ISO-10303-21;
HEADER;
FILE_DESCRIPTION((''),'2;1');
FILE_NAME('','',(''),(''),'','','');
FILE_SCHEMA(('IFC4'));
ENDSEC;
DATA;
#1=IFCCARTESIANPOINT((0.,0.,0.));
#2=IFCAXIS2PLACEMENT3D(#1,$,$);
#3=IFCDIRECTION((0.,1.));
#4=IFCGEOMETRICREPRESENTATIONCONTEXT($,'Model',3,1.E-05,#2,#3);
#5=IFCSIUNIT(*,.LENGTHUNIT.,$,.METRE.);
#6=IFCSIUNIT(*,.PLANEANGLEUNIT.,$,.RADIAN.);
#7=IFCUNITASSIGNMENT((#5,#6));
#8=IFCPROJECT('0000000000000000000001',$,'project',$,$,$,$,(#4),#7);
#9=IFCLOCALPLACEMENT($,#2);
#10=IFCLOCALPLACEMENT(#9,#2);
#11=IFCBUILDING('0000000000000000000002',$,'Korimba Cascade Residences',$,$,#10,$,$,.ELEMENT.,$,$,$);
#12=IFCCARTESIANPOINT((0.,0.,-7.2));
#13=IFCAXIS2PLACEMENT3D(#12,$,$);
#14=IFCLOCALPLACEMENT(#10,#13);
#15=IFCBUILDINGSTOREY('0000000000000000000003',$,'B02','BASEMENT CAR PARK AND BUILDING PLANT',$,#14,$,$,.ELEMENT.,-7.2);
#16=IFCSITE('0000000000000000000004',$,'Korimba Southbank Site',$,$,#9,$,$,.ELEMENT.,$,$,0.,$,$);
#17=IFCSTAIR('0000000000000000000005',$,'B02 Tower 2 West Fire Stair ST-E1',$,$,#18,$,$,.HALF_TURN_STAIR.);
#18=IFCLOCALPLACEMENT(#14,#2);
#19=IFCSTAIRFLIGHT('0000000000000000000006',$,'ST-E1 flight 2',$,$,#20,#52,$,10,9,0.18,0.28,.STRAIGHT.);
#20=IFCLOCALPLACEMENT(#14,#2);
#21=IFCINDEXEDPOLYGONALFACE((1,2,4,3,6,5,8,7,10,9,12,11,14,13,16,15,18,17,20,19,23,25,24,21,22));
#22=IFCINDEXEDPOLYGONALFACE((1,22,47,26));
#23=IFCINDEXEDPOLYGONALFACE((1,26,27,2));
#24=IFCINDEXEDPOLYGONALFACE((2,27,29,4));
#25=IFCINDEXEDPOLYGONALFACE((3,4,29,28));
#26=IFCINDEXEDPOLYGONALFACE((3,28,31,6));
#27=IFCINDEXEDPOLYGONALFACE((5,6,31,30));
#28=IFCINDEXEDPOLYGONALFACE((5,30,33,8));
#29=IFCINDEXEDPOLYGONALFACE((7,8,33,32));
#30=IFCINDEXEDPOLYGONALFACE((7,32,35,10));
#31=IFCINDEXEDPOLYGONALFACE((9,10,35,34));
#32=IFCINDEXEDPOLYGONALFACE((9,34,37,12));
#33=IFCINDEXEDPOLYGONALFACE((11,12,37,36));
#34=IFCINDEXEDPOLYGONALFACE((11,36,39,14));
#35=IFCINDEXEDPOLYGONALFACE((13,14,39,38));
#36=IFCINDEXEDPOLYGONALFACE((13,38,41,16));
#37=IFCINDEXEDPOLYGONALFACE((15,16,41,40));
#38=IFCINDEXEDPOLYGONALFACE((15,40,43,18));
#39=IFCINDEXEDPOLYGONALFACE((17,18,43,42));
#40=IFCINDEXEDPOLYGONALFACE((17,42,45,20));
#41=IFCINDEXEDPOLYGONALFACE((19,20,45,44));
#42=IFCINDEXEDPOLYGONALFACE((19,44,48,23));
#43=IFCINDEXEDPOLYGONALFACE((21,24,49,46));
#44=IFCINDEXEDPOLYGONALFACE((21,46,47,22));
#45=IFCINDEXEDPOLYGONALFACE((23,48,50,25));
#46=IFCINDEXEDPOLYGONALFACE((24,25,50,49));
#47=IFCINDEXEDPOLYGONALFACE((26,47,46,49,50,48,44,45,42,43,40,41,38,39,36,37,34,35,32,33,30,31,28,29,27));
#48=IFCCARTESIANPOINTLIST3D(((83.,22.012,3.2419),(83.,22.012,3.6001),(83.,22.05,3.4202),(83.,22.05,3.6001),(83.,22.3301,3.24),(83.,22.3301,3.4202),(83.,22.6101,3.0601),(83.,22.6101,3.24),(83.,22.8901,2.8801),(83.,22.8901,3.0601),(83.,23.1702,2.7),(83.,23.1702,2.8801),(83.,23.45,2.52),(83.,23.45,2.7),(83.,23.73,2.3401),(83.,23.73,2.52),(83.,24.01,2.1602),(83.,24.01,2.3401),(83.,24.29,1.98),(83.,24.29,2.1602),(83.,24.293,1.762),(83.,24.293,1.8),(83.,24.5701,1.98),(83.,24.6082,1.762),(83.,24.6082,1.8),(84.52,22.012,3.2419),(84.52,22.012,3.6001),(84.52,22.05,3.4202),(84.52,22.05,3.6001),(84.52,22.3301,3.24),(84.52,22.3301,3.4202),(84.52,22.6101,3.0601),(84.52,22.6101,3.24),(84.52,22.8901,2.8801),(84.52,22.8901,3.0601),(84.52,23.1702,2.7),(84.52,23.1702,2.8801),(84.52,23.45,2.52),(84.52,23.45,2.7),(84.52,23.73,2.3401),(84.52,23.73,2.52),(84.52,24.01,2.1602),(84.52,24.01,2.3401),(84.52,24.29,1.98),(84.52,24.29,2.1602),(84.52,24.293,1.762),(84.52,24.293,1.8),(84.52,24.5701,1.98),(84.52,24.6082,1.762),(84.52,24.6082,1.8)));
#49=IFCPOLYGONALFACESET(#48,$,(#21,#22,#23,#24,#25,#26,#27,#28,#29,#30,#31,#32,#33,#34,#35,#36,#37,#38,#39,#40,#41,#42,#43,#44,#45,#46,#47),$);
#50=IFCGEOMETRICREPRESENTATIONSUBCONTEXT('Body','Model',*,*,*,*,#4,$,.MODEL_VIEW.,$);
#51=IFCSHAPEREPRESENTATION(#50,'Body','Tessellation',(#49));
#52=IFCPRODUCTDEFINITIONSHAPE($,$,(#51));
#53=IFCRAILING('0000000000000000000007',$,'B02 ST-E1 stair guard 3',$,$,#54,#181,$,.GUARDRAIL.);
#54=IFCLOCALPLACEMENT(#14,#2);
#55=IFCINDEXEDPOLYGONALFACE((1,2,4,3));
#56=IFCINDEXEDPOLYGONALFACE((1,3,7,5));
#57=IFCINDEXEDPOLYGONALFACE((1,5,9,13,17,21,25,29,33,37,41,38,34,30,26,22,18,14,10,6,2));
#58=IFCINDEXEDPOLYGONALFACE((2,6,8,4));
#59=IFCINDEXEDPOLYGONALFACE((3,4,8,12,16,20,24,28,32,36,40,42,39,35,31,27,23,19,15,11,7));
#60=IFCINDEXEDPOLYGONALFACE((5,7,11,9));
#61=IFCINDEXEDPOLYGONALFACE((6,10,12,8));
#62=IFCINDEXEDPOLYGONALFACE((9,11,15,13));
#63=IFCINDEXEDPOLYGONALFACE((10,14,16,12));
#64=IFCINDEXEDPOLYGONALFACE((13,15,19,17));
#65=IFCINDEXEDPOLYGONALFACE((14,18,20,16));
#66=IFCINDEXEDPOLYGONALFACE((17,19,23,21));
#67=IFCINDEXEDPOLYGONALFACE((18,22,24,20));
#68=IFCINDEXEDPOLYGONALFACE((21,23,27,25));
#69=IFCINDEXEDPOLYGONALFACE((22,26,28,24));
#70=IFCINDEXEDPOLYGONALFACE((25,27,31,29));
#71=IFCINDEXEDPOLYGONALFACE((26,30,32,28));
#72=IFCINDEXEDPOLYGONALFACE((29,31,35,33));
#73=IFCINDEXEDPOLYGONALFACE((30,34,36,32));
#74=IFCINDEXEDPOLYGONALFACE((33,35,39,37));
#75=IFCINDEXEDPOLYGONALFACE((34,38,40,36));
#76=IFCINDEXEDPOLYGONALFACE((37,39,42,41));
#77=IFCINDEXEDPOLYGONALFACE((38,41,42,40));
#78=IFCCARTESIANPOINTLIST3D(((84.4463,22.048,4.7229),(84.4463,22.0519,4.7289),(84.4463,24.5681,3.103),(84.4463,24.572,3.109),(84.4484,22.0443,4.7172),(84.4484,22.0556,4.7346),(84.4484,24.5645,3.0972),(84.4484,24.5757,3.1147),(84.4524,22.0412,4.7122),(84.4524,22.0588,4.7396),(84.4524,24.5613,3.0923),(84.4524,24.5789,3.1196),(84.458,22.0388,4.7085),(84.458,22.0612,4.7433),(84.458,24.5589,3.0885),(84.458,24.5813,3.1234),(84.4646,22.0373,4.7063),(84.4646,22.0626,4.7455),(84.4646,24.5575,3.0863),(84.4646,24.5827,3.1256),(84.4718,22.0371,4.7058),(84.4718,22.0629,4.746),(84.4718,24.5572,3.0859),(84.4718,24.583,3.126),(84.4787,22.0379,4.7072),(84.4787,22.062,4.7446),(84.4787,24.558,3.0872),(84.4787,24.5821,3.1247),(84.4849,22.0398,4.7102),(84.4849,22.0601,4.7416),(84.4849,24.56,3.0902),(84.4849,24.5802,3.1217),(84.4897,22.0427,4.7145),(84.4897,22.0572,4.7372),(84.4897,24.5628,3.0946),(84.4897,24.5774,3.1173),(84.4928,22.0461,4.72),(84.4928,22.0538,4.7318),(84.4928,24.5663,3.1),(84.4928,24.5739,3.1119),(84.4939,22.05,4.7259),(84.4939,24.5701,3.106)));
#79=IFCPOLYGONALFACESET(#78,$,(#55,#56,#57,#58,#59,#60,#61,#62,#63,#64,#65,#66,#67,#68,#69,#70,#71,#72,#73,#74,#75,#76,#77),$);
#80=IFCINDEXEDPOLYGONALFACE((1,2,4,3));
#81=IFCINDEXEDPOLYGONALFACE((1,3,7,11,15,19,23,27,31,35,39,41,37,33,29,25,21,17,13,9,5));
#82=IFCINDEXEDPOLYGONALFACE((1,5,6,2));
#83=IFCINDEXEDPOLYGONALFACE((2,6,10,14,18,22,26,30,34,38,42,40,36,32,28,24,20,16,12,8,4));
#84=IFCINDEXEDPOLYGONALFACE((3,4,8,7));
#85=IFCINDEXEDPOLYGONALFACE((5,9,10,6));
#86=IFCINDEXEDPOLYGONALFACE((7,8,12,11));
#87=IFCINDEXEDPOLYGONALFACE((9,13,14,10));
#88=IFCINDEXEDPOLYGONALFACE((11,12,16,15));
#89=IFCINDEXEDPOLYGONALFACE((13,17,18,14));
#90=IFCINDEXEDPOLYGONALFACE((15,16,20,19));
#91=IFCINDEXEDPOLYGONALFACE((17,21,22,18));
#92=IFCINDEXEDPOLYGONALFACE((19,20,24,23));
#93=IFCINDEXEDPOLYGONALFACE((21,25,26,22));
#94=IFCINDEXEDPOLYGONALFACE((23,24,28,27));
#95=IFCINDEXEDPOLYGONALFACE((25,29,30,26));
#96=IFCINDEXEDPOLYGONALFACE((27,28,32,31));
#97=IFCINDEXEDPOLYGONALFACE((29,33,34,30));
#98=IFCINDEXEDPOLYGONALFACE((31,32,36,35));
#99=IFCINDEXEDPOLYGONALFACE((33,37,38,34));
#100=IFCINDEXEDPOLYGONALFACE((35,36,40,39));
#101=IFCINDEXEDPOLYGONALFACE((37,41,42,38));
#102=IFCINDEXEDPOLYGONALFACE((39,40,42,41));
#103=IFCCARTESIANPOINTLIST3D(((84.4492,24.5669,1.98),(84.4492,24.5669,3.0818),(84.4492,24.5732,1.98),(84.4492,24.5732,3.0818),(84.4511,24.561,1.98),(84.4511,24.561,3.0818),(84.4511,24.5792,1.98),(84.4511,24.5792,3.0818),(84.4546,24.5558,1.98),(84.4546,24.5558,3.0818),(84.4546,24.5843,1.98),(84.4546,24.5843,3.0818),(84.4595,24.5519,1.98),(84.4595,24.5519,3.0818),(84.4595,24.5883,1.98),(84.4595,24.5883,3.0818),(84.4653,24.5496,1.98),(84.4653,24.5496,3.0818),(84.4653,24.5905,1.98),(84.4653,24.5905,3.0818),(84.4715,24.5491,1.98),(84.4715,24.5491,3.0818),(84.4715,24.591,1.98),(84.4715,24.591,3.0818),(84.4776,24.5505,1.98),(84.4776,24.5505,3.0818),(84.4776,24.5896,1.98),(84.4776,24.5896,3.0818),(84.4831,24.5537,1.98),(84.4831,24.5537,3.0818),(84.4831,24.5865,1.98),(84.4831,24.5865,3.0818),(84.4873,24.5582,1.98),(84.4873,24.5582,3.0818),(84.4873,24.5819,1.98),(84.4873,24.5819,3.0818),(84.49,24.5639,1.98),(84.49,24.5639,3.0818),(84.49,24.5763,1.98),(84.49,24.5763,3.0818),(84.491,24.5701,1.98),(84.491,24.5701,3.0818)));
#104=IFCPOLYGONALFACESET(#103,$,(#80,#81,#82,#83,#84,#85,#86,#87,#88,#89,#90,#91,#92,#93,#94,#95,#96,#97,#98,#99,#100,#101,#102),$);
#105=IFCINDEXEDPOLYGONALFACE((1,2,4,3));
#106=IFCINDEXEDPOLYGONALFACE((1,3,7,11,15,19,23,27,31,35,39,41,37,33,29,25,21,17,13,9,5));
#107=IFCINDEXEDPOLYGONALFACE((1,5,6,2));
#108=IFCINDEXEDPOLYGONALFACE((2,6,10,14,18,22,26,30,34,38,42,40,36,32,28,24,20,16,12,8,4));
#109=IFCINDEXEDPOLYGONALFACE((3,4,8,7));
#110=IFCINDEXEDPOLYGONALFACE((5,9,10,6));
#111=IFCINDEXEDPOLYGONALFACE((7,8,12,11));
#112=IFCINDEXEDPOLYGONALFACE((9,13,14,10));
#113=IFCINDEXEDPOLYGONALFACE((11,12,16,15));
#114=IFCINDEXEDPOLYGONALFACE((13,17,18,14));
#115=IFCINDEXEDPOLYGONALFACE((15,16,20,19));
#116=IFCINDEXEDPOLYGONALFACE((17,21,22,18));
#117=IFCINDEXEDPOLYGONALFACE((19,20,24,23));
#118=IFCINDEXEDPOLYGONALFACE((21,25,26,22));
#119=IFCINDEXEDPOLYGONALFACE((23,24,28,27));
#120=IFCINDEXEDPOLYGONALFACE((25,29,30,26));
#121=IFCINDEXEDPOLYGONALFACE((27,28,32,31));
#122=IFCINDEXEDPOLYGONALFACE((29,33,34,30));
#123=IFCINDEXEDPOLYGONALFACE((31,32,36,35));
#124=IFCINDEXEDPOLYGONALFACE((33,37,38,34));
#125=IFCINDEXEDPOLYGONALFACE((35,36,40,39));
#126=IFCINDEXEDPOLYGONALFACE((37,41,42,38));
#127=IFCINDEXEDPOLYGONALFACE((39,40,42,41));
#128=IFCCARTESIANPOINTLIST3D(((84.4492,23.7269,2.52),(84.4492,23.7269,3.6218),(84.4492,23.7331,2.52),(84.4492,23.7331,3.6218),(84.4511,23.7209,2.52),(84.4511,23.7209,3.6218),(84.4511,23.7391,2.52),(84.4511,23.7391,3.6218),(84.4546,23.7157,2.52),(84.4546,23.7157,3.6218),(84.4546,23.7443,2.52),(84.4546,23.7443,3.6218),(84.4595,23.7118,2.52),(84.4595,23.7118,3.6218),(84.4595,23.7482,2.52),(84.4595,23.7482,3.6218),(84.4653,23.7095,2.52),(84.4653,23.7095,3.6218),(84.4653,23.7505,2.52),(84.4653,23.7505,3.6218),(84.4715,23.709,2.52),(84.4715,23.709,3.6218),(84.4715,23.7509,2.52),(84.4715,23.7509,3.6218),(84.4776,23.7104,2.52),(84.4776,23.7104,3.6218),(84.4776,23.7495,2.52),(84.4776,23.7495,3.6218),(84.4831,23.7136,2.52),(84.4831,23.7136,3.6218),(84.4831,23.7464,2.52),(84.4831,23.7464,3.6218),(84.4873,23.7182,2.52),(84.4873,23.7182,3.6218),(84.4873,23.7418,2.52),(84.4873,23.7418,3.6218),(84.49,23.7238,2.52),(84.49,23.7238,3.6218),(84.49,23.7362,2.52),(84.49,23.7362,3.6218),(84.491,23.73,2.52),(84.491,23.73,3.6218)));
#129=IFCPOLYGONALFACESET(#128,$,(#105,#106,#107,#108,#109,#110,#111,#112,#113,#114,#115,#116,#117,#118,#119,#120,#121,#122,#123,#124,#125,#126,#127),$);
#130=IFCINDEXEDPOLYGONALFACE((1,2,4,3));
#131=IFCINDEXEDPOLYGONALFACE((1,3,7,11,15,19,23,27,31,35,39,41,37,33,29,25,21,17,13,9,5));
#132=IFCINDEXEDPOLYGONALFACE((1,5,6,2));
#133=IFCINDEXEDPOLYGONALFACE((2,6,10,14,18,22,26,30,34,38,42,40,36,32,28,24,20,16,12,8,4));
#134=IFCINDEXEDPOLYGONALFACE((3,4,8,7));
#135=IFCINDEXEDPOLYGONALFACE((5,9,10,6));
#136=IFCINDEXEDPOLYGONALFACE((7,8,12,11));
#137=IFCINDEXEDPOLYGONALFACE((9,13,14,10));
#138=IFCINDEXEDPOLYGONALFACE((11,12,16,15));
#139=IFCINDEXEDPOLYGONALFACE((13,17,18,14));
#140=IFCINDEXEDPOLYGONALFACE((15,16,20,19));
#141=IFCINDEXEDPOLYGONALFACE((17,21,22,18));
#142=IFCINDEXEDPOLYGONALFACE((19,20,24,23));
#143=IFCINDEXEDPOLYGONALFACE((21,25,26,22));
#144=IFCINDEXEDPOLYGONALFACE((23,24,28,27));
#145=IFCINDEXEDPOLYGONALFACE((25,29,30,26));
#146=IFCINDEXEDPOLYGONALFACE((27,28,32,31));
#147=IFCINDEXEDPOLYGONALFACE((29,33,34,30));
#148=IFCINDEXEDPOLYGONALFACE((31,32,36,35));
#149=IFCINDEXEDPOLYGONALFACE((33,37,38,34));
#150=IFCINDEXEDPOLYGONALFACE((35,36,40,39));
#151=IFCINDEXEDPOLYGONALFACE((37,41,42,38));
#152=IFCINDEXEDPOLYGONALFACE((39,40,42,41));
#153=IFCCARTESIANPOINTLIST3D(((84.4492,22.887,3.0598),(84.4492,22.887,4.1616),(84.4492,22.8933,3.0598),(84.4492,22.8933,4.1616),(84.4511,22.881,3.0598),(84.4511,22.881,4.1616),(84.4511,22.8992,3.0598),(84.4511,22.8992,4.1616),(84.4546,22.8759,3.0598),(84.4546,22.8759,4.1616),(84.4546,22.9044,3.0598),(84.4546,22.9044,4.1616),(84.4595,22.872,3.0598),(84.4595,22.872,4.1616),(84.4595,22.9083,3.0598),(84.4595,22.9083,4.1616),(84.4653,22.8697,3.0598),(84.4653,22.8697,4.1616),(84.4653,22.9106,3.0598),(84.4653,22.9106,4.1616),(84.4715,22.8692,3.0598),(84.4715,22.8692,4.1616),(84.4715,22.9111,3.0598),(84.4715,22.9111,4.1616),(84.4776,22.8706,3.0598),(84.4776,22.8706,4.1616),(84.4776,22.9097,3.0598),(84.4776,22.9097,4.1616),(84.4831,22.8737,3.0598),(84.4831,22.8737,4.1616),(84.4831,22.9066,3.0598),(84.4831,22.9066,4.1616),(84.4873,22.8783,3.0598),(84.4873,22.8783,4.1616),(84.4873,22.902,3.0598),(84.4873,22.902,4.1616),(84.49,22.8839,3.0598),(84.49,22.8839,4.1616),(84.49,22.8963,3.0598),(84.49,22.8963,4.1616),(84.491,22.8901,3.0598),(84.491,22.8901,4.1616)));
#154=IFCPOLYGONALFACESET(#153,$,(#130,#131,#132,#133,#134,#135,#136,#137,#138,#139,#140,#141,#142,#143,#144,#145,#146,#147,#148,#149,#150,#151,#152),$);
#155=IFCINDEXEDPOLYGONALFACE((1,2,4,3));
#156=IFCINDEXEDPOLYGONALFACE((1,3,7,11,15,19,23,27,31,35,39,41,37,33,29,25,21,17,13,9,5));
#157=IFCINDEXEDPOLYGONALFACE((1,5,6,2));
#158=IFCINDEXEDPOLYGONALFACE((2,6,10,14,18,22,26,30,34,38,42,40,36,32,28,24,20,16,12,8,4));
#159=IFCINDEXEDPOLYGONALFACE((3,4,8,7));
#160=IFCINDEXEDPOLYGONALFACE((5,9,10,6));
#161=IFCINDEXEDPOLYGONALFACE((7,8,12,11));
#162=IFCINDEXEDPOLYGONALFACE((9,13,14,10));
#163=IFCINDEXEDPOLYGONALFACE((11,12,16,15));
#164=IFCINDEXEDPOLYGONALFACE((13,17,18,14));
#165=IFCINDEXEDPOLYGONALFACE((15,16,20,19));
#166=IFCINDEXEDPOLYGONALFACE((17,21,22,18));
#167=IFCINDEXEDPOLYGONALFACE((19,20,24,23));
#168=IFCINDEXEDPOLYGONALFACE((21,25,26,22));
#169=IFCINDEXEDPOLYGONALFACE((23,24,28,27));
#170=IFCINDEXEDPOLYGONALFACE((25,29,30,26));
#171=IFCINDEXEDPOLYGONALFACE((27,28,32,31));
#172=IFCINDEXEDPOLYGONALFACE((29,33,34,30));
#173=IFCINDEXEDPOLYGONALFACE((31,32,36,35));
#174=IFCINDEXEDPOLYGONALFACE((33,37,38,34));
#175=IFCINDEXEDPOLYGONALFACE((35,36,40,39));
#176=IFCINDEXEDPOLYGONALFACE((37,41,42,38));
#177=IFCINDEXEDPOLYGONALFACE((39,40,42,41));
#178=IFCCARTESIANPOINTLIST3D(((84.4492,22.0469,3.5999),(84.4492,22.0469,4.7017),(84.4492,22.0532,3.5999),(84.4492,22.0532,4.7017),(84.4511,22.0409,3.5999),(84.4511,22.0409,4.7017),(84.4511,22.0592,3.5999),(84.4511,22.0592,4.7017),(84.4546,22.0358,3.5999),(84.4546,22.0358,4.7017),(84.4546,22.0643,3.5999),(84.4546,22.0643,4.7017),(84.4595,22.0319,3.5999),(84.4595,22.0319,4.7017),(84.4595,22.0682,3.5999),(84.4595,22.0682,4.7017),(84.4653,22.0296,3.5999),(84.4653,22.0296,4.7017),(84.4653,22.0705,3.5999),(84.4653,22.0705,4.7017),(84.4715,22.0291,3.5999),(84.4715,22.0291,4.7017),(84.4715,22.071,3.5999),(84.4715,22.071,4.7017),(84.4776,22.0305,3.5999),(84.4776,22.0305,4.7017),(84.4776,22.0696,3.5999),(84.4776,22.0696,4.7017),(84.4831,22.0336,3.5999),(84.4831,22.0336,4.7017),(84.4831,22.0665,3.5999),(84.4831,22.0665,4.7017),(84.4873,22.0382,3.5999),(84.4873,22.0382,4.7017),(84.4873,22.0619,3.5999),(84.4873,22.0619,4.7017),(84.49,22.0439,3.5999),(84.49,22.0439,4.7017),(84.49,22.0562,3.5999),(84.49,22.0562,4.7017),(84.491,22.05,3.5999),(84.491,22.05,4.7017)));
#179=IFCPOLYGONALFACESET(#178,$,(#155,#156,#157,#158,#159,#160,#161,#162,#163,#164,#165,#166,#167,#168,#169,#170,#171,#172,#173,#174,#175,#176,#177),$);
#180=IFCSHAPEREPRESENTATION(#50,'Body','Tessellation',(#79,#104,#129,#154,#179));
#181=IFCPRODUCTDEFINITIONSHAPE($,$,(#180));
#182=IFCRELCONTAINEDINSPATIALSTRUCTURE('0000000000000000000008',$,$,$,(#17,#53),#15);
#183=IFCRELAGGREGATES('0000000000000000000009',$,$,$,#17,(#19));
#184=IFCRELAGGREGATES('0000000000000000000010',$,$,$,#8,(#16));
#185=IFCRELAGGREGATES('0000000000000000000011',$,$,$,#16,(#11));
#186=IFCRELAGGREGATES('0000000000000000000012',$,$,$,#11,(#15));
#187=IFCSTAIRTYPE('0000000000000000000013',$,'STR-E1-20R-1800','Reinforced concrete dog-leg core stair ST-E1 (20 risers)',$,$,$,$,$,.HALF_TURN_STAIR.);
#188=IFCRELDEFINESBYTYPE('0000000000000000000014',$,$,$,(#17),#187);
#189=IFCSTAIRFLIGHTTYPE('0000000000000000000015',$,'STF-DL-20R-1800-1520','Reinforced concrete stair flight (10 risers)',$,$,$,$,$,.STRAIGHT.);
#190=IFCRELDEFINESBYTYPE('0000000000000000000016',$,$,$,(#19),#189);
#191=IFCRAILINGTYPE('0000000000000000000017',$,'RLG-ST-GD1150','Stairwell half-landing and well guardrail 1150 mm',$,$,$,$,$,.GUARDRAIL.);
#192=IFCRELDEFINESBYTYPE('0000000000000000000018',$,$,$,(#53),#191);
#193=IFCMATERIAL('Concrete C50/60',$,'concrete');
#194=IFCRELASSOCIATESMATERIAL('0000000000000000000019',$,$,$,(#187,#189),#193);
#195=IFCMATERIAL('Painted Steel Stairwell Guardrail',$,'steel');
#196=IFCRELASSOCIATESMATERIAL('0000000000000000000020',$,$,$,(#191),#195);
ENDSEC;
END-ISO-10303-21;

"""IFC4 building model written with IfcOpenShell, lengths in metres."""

from ifc_helpers import new_model, si_unit, direction, frame, origin, origin_2d, place, context, subcontext, project, spatial, polyline, circle, outline, extrude, material, type_object, element, aggregate, save


model = new_model("IFC4")

# Units and contexts
model_context = context("Model", 3, precision=1e-05, world=origin(), true_north=direction((0.0, 1.0)))
body_context = subcontext(model_context, "Body", "Model", "MODEL_VIEW")
ifc_project = project(units=[si_unit("LENGTHUNIT", "METRE"), si_unit("PLANEANGLEUNIT", "RADIAN")], contexts=[model_context])

# Site, building, storey
site_placement = place(None, origin())
site = spatial("IfcSite", under=ifc_project, at=site_placement, Name="Korimba Southbank Site", CompositionType="ELEMENT", RefElevation=0.0)
building_placement = place(site_placement, origin())
building = spatial("IfcBuilding", under=site, at=building_placement, Name="Korimba Cascade Residences", CompositionType="ELEMENT")
storey_placement = place(building_placement, frame((0.0, 0.0, -7.2)))
storey = spatial("IfcBuildingStorey", under=building, at=storey_placement, Name="B02", Description="BASEMENT CAR PARK AND BUILDING PLANT", CompositionType="ELEMENT", Elevation=-7.2)

# Shared definitions
ifc_material_1 = material(Name="Concrete C50/60", Category="concrete")

# Stair, stair flight
stair_type = type_object("IfcStairType", Name="STR-E1-20R-1800", Description="Reinforced concrete dog-leg core stair ST-E1 (20 risers)", PredefinedType="HALF_TURN_STAIR", material=ifc_material_1)
stair_placement = place(storey_placement, origin())
stair = element("IfcStair", 1, at=stair_placement, inside=storey, type_object=stair_type, Name="B02 Tower 2 West Fire Stair ST-E1", PredefinedType="HALF_TURN_STAIR")
stair_flight_type = type_object("IfcStairFlightType", Name="STF-DL-20R-1800-1520", Description="Reinforced concrete stair flight (10 risers)", PredefinedType="STRAIGHT", material=ifc_material_1)
stair_flight_placement = place(storey_placement, frame((83.76, 24.5701, 1.8), z_axis=(0.0, 0.0, 1.0), x_axis=(0.0, -1.0, 0.0)))
stair_flight = element("IfcStairFlight", 2, at=stair_flight_placement, type_object=stair_flight_type, Name="ST-E1 flight 2", NumberOfRisers=10, NumberOfTreads=9, PredefinedType="STRAIGHT", RiserHeight=0.18, TreadLength=0.28, context=body_context, shape_type="SweptSolid", body=[
    extrude(outline(polyline([(-0.0381, 0.0), (0.0, 0.1799), (0.28, 0.1799), (0.28, 0.3601), (0.5601, 0.3601), (0.5601, 0.54), (0.8401, 0.54), (0.8401, 0.72), (1.1201, 0.72), (1.1201, 0.8999), (1.3999, 0.8999), (1.3999, 1.0801), (1.6799, 1.0801), (1.6799, 1.26), (1.96, 1.26), (1.96, 1.4399), (2.24, 1.4399), (2.24, 1.6201), (2.52, 1.6201), (2.52, 1.8), (2.5581, 1.8), (2.5581, 1.4419), (0.2771, 0.0), (0.2771, -0.0381), (-0.0381, -0.0381), (-0.0381, 0.0)])), frame((0.0, 0.76, 0.0), z_axis=(0.0, -1.0, 0.0), x_axis=(1.0, 0.0, 0.0)), (0.0, 0.0, 1.0), 1.52),
])
aggregate(stair, [stair_flight])

# Railing
ifc_material_2 = material(Name="Painted Steel Stairwell Guardrail", Category="steel")
railing_type_1 = type_object("IfcRailingType", Name="RLG-ST-GD1150", Description="Stairwell half-landing and well guardrail 1150 mm", PredefinedType="GUARDRAIL", material=ifc_material_2)
railing_1_placement = place(storey_placement, frame((84.47, 24.5701, 1.98)))
element("IfcRailing", 3, at=railing_1_placement, inside=storey, type_object=railing_type_1, Name="B02 ST-E1 stair guard 3", PredefinedType="GUARDRAIL", context=body_context, shape_type="SweptSolid", body=[
    extrude(circle(Radius=0.0239, at=origin_2d()), frame((0.0, 0.0, 1.126), z_axis=(0.0, -0.8412, 0.540725), x_axis=(1.0, 0.0, 0.0)), (0.0, 0.0, 1.0), 2.9958),
    extrude(circle(Radius=0.021, at=origin_2d()), origin(), (0.0, 0.0, 1.0), 1.1018),
    extrude(circle(Radius=0.021, at=origin_2d()), frame((0.0, -0.8401, 0.54)), (0.0, 0.0, 1.0), 1.1018),
    extrude(circle(Radius=0.021, at=origin_2d()), frame((0.0, -1.6799, 1.0798)), (0.0, 0.0, 1.0), 1.1018),
    extrude(circle(Radius=0.021, at=origin_2d()), frame((0.0, -2.52, 1.6199)), (0.0, 0.0, 1.0), 1.1018),
])

save(model, "model.ifc")
